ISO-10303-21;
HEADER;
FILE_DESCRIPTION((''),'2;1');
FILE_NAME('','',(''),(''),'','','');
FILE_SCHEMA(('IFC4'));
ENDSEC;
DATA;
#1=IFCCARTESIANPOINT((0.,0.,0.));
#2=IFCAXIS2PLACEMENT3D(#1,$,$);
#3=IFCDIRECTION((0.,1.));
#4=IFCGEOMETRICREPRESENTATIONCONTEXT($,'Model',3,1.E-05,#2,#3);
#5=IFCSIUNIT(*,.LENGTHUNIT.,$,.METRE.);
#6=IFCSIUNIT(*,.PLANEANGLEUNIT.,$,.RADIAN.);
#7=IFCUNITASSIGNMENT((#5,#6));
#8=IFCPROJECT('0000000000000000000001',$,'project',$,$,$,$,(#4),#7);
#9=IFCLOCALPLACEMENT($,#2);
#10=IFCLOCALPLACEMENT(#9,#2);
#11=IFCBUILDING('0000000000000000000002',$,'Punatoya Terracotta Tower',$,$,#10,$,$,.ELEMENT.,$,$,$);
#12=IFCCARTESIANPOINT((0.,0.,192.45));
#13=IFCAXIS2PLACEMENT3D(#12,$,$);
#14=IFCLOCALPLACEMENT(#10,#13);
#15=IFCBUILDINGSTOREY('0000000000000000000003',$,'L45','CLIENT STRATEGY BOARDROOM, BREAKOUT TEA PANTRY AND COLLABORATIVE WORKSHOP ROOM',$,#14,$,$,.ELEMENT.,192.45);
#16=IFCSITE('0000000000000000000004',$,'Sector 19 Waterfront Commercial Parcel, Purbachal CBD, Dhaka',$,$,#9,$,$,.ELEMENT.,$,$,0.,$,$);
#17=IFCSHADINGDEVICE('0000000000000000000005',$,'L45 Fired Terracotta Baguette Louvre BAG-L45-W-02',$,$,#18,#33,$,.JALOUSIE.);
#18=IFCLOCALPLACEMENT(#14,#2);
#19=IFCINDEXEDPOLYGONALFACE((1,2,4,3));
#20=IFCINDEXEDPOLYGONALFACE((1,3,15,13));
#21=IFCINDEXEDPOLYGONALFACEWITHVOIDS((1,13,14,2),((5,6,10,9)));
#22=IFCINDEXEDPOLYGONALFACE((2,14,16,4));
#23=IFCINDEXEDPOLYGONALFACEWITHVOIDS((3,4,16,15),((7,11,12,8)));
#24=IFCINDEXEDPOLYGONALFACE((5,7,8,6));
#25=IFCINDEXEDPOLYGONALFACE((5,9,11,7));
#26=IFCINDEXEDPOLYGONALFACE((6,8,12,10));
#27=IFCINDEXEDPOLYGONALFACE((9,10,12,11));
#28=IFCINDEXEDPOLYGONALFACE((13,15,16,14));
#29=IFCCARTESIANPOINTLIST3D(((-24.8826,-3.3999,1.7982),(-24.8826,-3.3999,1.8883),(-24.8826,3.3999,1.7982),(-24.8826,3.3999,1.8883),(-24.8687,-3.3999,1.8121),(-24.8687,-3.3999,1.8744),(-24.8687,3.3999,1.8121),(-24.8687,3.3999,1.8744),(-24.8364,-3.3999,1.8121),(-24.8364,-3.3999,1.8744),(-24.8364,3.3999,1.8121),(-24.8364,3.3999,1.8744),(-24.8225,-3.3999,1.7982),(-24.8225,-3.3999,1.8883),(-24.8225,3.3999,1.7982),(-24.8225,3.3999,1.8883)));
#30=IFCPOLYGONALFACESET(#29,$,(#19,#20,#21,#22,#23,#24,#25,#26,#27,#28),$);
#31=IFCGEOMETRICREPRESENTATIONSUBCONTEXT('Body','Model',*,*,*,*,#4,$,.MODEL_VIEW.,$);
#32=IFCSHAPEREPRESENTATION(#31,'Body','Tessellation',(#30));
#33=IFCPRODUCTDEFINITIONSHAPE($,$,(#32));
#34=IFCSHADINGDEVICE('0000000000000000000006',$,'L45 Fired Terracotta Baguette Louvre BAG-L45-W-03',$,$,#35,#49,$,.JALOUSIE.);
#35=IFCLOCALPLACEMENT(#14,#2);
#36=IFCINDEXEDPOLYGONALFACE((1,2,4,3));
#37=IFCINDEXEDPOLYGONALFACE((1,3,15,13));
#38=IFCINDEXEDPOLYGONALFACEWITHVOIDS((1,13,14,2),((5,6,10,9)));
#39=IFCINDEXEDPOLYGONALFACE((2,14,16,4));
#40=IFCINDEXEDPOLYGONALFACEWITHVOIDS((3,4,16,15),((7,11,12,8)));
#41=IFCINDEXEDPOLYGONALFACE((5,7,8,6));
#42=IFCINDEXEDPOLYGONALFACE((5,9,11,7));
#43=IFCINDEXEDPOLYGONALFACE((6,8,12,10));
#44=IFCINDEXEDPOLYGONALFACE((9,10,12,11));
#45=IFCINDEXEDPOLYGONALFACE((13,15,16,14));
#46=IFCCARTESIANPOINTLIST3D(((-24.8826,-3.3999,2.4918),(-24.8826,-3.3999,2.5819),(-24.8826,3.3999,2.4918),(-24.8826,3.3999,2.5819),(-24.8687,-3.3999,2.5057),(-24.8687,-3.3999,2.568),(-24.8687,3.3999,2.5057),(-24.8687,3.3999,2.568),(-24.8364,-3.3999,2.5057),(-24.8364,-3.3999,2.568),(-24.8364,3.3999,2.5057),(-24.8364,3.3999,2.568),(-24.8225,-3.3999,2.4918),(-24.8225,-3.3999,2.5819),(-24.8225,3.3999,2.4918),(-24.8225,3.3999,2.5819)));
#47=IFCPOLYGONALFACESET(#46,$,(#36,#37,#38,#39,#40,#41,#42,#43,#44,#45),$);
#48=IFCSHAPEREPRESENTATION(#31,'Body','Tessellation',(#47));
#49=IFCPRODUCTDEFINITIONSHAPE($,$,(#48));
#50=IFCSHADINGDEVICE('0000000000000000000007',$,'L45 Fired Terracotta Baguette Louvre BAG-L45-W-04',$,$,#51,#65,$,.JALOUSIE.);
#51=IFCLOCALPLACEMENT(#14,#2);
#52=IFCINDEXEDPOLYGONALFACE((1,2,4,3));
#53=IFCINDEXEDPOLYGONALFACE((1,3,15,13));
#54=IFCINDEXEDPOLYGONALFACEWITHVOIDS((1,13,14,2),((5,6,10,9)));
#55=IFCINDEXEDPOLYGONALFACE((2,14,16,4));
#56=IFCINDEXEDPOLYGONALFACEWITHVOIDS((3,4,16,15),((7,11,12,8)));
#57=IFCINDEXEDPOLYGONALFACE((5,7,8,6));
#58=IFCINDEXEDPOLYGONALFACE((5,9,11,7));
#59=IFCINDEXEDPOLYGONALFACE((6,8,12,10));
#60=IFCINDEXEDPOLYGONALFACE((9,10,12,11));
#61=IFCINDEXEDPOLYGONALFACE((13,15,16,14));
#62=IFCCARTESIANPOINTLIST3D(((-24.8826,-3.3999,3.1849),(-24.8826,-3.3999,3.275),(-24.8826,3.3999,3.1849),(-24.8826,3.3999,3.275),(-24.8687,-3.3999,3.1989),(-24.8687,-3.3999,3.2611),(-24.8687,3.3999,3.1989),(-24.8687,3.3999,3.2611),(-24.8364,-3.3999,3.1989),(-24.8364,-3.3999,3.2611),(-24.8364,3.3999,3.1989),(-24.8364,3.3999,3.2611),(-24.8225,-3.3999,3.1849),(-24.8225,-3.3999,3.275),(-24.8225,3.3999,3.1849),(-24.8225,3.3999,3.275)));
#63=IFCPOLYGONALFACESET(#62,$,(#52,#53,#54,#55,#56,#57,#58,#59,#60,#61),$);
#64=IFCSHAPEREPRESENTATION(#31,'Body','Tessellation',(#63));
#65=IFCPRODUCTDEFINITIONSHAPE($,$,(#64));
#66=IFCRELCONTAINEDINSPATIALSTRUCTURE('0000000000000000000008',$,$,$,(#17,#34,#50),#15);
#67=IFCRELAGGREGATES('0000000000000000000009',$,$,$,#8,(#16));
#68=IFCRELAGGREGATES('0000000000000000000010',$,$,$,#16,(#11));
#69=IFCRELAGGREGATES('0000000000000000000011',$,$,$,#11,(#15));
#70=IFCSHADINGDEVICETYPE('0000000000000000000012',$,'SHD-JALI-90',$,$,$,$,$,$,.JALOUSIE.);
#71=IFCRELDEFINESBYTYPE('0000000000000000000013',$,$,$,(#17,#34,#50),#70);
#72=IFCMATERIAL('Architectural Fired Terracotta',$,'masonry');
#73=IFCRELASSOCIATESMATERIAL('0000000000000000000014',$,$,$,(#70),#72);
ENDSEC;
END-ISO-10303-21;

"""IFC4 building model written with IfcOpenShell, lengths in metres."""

from ifc_helpers import new_model, si_unit, direction, frame, origin, origin_2d, place, context, subcontext, project, spatial, hollow_rectangle, extrude, material, material_profile, profile_set, type_object, element, save


model = new_model("IFC4")

# Units and contexts
model_context = context("Model", 3, precision=1e-05, world=origin(), true_north=direction((0.0, 1.0)))
body_context = subcontext(model_context, "Body", "Model", "MODEL_VIEW")
ifc_project = project(units=[si_unit("LENGTHUNIT", "METRE"), si_unit("PLANEANGLEUNIT", "RADIAN")], contexts=[model_context])

# Site, building, storey
site_placement = place(None, origin())
site = spatial("IfcSite", under=ifc_project, at=site_placement, Name="Sector 19 Waterfront Commercial Parcel, Purbachal CBD, Dhaka", CompositionType="ELEMENT", RefElevation=0.0)
building_placement = place(site_placement, origin())
building = spatial("IfcBuilding", under=site, at=building_placement, Name="Punatoya Terracotta Tower", CompositionType="ELEMENT")
storey_placement = place(building_placement, frame((0.0, 0.0, 192.45)))
storey = spatial("IfcBuildingStorey", under=building, at=storey_placement, Name="L45", Description="CLIENT STRATEGY BOARDROOM, BREAKOUT TEA PANTRY AND COLLABORATIVE WORKSHOP ROOM", CompositionType="ELEMENT", Elevation=192.45)

# Shading devices
ifc_material_1 = material(Name="Architectural Fired Terracotta", Category="masonry")
ifc_material_profile_1 = material_profile(ifc_material_1, hollow_rectangle(XDim=0.0601, YDim=0.0901, WallThickness=0.0139, at=origin_2d()))
ifc_profile_set_1 = profile_set([ifc_material_profile_1], Name="Architectural Fired Terracotta")
shading_device_type = type_object("IfcShadingDeviceType", Name="SHD-JALI-90", PredefinedType="JALOUSIE", material=ifc_profile_set_1)
for number, where, z_axis, x_axis, name in (
    (1, (-24.8525, -3.3999, 1.8433), (0.0, 1.0, 0.0), (-1.0, 0.0, 0.0), "L45 Fired Terracotta Baguette Louvre BAG-L45-W-02"),
    (2, (-24.8525, -3.3999, 2.5369), (0.0, 1.0, 0.0), (-1.0, 0.0, 0.0), "L45 Fired Terracotta Baguette Louvre BAG-L45-W-03"),
    (3, (-24.8525, -3.3999, 3.23), (0.0, 1.0, 0.0), (-1.0, 0.0, 0.0), "L45 Fired Terracotta Baguette Louvre BAG-L45-W-04"),
):
    element("IfcShadingDevice", number, at=place(storey_placement, frame(where, z_axis=z_axis, x_axis=x_axis)), inside=storey, type_object=shading_device_type, Name=name, PredefinedType="JALOUSIE", context=body_context, shape_type="SweptSolid", body=[
        extrude(hollow_rectangle(XDim=0.0601, YDim=0.0901, WallThickness=0.0139, at=origin_2d()), origin(), (0.0, 0.0, 1.0), 6.7998),
    ])

save(model, "model.ifc")
